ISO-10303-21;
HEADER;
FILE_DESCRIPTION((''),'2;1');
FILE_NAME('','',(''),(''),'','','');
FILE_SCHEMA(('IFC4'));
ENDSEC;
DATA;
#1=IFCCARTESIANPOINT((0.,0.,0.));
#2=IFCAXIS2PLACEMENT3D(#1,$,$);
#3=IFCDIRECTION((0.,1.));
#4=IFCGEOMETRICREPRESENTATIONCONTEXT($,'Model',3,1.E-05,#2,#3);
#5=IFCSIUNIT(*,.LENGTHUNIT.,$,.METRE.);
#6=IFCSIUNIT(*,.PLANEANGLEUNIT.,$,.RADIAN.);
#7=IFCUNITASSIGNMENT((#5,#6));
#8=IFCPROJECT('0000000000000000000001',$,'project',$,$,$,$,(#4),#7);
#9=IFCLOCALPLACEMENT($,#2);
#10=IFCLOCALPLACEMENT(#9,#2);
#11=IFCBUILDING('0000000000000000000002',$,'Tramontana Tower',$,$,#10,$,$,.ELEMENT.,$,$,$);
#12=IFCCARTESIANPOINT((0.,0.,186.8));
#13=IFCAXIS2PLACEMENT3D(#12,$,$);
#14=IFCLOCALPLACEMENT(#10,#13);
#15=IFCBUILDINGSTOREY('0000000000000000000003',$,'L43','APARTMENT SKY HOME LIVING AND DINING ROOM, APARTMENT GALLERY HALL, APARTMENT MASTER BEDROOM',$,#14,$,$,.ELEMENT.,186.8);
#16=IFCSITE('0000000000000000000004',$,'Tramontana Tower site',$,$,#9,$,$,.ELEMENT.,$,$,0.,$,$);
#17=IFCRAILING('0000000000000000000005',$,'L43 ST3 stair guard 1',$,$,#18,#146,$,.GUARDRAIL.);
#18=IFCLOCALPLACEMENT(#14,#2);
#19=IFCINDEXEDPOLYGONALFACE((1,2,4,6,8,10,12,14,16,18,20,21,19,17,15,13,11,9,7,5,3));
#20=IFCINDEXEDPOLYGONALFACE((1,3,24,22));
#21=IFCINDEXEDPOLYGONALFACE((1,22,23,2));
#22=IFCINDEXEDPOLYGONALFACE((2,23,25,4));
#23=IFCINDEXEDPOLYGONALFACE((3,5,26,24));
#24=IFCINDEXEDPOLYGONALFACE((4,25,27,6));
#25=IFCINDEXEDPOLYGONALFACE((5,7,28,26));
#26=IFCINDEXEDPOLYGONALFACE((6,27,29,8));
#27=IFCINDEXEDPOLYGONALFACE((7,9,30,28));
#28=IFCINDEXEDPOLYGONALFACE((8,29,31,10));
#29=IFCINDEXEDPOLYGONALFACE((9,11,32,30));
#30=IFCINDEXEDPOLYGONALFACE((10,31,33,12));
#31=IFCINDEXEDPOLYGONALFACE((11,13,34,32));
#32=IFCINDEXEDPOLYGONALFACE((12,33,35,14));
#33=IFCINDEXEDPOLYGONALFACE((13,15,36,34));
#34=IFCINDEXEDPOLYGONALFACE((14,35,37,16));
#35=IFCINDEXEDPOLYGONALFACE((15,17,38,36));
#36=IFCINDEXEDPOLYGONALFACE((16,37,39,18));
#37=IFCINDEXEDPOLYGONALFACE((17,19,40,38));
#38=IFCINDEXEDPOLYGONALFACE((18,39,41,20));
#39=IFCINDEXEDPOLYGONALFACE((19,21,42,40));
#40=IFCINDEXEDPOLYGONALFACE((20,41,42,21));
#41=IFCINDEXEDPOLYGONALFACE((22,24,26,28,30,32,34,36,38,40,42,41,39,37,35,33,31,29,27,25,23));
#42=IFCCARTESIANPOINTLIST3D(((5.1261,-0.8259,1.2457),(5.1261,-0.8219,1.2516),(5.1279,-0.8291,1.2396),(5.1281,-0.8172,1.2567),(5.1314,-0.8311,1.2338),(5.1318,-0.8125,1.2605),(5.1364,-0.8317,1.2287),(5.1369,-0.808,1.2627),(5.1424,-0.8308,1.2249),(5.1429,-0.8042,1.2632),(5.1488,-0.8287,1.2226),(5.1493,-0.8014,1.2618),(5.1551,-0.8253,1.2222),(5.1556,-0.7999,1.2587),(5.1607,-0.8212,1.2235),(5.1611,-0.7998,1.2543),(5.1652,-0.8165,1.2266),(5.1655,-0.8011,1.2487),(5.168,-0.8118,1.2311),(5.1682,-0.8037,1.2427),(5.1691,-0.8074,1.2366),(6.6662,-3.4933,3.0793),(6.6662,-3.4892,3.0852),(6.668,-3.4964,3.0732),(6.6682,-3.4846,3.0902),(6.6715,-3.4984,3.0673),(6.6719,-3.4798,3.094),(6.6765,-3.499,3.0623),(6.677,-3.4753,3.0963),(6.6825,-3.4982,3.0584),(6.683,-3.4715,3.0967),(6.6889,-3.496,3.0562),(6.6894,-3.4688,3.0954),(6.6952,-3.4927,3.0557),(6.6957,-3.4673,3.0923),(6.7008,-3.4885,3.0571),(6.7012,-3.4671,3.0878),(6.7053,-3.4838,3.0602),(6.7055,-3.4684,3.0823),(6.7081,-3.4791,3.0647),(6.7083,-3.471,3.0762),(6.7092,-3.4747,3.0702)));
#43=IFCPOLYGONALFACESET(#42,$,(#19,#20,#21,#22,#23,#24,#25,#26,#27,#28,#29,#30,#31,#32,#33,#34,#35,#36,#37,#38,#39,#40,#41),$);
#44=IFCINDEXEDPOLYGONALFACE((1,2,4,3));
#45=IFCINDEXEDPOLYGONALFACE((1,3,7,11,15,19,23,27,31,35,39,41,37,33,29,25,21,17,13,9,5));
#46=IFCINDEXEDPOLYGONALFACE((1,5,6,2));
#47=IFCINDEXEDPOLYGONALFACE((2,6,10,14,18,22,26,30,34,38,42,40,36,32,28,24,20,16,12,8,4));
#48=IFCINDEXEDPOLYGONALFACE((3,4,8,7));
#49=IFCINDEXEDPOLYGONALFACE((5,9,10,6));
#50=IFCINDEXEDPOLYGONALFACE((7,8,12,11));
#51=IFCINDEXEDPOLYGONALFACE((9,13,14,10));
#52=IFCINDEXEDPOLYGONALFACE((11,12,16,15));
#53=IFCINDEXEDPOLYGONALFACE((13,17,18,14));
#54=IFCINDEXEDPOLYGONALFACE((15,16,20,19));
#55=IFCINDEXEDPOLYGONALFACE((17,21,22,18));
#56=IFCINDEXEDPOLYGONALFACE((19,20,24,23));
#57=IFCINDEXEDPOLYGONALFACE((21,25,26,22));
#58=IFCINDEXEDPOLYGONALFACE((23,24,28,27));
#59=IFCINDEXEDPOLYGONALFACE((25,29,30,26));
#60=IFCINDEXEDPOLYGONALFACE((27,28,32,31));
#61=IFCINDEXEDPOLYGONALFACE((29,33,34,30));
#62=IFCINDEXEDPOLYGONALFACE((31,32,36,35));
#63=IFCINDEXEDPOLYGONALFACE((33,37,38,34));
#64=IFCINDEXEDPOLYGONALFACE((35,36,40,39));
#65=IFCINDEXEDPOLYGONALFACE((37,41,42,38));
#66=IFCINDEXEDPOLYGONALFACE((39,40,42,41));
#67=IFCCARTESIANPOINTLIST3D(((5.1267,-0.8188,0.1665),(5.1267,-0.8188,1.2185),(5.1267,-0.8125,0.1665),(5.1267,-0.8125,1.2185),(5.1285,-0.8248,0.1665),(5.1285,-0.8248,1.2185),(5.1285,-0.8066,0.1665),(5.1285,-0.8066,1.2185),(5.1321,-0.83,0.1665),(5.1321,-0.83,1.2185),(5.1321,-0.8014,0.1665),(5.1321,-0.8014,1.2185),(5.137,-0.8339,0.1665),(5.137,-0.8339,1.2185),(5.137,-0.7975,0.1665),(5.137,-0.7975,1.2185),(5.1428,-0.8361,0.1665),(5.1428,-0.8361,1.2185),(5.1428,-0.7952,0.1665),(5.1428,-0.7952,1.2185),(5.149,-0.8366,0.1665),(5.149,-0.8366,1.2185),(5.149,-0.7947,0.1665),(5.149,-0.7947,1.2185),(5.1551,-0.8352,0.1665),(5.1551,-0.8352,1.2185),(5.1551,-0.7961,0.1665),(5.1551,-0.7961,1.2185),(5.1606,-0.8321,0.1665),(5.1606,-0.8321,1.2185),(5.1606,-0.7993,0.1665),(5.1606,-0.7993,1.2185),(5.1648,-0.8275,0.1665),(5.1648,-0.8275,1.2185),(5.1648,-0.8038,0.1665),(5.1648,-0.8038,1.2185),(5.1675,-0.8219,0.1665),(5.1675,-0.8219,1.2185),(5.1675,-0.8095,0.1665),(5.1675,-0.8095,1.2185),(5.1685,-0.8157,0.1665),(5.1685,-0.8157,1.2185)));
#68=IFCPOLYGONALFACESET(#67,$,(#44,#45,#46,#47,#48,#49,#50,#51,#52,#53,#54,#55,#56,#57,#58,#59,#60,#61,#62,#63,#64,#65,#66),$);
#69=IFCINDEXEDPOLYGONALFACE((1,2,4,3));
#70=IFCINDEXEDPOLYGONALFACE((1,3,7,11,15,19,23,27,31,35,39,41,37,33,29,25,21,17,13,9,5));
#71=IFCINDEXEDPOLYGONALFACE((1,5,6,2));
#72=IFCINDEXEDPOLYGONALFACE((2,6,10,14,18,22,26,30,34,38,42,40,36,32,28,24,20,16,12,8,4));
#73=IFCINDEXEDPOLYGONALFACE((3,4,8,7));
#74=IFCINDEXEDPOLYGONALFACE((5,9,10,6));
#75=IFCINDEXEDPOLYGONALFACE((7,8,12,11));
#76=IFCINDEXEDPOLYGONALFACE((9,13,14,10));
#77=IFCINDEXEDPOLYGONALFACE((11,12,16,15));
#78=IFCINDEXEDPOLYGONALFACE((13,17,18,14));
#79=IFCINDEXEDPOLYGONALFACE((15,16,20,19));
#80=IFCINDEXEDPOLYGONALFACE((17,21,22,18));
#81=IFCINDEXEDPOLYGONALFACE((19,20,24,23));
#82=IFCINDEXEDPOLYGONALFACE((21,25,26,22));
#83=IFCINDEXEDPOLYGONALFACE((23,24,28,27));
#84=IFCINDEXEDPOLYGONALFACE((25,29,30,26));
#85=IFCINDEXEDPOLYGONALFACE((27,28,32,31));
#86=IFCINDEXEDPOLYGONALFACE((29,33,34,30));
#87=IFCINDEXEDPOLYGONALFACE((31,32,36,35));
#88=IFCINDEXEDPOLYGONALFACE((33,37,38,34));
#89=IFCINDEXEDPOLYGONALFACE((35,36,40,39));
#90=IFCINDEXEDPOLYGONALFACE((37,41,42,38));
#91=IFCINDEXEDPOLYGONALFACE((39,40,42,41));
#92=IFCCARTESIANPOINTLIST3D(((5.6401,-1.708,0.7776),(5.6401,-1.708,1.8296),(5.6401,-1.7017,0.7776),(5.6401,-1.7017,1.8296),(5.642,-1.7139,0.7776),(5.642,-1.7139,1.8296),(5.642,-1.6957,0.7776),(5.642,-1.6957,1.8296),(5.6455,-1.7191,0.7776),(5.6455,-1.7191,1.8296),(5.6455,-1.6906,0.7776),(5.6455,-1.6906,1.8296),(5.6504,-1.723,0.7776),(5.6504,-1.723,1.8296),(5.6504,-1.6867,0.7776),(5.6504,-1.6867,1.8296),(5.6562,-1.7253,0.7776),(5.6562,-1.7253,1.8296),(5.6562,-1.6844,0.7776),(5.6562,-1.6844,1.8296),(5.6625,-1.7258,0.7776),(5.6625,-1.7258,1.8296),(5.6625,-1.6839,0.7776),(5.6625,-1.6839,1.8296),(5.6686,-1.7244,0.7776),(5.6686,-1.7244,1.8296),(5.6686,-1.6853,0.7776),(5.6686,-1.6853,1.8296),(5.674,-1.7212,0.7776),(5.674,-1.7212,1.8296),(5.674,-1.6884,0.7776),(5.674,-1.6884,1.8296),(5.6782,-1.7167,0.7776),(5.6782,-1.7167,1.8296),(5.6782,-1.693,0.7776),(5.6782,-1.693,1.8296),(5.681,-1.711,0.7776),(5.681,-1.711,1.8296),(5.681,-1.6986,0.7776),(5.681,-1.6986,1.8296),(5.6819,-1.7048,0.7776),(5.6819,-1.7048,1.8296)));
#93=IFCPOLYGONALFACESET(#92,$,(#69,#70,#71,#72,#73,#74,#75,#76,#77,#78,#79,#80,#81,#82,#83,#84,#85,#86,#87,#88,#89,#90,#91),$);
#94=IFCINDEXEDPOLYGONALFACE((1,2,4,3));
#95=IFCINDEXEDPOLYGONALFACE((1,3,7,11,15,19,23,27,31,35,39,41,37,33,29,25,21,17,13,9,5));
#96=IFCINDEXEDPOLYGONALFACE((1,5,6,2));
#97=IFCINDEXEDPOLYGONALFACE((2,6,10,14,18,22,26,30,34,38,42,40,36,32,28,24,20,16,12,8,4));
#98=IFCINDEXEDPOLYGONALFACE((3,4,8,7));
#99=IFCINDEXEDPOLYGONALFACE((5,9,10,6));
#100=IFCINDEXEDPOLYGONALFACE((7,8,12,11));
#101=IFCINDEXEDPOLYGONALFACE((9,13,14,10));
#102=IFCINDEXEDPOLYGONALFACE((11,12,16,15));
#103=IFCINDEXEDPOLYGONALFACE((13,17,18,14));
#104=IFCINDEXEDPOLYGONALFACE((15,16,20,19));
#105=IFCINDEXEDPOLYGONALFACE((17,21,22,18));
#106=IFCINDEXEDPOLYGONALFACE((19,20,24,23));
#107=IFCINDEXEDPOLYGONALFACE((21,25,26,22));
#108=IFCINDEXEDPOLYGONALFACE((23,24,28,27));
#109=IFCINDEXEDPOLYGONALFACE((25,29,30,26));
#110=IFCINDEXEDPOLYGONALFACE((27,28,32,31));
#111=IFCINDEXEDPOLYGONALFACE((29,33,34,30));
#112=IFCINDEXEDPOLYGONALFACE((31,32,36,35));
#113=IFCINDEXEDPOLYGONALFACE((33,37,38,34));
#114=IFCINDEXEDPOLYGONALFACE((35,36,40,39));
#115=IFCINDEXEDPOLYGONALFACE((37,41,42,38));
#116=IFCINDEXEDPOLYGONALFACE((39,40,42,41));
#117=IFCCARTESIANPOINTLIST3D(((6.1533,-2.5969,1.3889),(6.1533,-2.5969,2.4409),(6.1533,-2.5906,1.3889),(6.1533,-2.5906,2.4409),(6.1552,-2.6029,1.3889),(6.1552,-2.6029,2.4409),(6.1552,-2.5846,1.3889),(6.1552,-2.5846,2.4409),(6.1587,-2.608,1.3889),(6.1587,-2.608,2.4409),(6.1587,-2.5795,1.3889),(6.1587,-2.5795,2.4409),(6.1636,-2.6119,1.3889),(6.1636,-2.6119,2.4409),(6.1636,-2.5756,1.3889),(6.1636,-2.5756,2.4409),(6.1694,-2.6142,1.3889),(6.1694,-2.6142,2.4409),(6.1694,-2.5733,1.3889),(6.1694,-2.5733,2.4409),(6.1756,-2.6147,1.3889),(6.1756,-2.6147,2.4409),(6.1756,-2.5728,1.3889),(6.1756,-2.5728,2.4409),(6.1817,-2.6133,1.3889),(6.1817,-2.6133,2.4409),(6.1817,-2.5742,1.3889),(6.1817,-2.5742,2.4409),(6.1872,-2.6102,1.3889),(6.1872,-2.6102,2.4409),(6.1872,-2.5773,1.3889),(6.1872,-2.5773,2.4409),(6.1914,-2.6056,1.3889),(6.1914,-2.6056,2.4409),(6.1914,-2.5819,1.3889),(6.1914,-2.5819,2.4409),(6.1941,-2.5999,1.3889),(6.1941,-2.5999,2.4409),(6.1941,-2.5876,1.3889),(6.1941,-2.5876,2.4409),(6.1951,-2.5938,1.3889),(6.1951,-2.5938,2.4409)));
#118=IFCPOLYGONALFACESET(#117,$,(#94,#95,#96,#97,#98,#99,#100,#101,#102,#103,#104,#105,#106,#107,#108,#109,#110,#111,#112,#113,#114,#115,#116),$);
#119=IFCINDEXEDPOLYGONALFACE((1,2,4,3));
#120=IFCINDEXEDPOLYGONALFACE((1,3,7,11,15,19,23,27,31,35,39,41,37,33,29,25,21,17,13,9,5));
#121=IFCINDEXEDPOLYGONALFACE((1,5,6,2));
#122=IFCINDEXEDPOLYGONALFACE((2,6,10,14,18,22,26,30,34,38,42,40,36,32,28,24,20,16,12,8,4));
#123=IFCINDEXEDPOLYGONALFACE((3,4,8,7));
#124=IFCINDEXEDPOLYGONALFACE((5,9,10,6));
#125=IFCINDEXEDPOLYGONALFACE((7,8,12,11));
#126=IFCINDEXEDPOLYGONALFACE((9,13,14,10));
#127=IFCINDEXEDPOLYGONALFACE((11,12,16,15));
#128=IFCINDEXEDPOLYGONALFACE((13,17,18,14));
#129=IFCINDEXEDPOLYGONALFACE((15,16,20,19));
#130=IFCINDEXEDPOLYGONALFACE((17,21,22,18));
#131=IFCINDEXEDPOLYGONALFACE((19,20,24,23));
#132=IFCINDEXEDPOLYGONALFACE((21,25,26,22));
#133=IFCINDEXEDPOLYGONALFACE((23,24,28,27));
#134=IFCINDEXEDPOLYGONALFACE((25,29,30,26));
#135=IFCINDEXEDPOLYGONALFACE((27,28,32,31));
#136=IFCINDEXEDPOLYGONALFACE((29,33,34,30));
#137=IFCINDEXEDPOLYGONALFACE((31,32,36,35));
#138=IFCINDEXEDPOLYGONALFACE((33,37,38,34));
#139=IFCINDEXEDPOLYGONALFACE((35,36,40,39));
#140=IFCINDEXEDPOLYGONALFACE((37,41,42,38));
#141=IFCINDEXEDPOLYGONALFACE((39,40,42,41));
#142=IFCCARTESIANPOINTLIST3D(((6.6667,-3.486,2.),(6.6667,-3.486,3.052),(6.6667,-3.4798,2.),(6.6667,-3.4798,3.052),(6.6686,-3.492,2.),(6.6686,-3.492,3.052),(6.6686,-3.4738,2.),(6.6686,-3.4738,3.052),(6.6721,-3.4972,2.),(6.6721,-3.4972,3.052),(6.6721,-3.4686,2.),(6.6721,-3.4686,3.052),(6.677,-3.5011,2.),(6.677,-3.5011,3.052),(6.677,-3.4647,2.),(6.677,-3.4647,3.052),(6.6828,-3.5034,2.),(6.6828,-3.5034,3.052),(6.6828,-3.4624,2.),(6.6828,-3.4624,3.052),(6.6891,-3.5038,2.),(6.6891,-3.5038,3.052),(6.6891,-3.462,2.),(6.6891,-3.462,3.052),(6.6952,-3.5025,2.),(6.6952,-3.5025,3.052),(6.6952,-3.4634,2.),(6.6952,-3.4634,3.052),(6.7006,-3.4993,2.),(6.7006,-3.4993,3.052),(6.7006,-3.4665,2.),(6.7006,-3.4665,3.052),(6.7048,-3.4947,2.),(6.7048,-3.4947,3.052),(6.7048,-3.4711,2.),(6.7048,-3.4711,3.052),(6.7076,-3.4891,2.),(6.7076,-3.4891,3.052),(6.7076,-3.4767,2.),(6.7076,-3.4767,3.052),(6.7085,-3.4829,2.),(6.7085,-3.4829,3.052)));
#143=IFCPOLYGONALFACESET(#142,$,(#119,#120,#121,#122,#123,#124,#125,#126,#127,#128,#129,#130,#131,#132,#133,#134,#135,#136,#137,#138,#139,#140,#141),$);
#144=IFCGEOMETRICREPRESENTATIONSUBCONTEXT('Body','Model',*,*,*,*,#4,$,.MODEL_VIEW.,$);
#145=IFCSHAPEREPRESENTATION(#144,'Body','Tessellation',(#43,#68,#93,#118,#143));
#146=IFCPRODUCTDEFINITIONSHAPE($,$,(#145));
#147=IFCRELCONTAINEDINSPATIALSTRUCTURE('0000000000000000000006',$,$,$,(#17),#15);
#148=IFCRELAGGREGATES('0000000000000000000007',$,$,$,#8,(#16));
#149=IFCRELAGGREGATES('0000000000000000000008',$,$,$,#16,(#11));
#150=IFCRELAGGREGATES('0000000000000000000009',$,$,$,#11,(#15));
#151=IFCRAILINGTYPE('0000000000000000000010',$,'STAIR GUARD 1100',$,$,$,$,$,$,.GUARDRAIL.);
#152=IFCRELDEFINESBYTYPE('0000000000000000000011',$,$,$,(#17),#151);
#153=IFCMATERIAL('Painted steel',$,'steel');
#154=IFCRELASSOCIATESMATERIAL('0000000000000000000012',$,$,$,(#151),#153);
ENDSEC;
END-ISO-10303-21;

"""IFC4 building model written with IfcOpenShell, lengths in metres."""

from ifc_helpers import new_model, si_unit, direction, frame, origin, origin_2d, place, context, subcontext, project, spatial, circle, extrude, material, type_object, element, save


model = new_model("IFC4")

# Units and contexts
model_context = context("Model", 3, precision=1e-05, world=origin(), true_north=direction((0.0, 1.0)))
body_context = subcontext(model_context, "Body", "Model", "MODEL_VIEW")
ifc_project = project(units=[si_unit("LENGTHUNIT", "METRE"), si_unit("PLANEANGLEUNIT", "RADIAN")], contexts=[model_context])

# Site, building, storey
site_placement = place(None, origin())
site = spatial("IfcSite", under=ifc_project, at=site_placement, Name="Tramontana Tower site", CompositionType="ELEMENT", RefElevation=0.0)
building_placement = place(site_placement, origin())
building = spatial("IfcBuilding", under=site, at=building_placement, Name="Tramontana Tower", CompositionType="ELEMENT")
storey_placement = place(building_placement, frame((0.0, 0.0, 186.8)))
storey = spatial("IfcBuildingStorey", under=building, at=storey_placement, Name="L43", Description="APARTMENT SKY HOME LIVING AND DINING ROOM, APARTMENT GALLERY HALL, APARTMENT MASTER BEDROOM", CompositionType="ELEMENT", Elevation=186.8)

# Railing
ifc_material_1 = material(Name="Painted steel", Category="steel")
railing_type_1 = type_object("IfcRailingType", Name="STAIR GUARD 1100", PredefinedType="GUARDRAIL", material=ifc_material_1)
railing_1_placement = place(storey_placement, frame((5.1475, -0.8157, 0.1665)))
element("IfcRailing", 1, at=railing_1_placement, inside=storey, type_object=railing_type_1, Name="L43 ST3 stair guard 1", PredefinedType="GUARDRAIL", context=body_context, shape_type="SweptSolid", body=[
    extrude(circle(Radius=0.0239, at=origin_2d()), frame((0.0, 0.0, 1.0762), z_axis=(0.429656, -0.744134, 0.511528), x_axis=(0.86601, 0.500027, 0.0)), (0.0, 0.0, 1.0), 3.5845),
    extrude(circle(Radius=0.021, at=origin_2d()), origin(), (0.0, 0.0, 1.0), 1.052),
    extrude(circle(Radius=0.021, at=origin_2d()), frame((0.5134, -0.8892, 0.6111)), (0.0, 0.0, 1.0), 1.052),
    extrude(circle(Radius=0.021, at=origin_2d()), frame((1.0266, -1.7781, 1.2224)), (0.0, 0.0, 1.0), 1.052),
    extrude(circle(Radius=0.021, at=origin_2d()), frame((1.54, -2.6672, 1.8335)), (0.0, 0.0, 1.0), 1.052),
])

save(model, "model.ifc")
